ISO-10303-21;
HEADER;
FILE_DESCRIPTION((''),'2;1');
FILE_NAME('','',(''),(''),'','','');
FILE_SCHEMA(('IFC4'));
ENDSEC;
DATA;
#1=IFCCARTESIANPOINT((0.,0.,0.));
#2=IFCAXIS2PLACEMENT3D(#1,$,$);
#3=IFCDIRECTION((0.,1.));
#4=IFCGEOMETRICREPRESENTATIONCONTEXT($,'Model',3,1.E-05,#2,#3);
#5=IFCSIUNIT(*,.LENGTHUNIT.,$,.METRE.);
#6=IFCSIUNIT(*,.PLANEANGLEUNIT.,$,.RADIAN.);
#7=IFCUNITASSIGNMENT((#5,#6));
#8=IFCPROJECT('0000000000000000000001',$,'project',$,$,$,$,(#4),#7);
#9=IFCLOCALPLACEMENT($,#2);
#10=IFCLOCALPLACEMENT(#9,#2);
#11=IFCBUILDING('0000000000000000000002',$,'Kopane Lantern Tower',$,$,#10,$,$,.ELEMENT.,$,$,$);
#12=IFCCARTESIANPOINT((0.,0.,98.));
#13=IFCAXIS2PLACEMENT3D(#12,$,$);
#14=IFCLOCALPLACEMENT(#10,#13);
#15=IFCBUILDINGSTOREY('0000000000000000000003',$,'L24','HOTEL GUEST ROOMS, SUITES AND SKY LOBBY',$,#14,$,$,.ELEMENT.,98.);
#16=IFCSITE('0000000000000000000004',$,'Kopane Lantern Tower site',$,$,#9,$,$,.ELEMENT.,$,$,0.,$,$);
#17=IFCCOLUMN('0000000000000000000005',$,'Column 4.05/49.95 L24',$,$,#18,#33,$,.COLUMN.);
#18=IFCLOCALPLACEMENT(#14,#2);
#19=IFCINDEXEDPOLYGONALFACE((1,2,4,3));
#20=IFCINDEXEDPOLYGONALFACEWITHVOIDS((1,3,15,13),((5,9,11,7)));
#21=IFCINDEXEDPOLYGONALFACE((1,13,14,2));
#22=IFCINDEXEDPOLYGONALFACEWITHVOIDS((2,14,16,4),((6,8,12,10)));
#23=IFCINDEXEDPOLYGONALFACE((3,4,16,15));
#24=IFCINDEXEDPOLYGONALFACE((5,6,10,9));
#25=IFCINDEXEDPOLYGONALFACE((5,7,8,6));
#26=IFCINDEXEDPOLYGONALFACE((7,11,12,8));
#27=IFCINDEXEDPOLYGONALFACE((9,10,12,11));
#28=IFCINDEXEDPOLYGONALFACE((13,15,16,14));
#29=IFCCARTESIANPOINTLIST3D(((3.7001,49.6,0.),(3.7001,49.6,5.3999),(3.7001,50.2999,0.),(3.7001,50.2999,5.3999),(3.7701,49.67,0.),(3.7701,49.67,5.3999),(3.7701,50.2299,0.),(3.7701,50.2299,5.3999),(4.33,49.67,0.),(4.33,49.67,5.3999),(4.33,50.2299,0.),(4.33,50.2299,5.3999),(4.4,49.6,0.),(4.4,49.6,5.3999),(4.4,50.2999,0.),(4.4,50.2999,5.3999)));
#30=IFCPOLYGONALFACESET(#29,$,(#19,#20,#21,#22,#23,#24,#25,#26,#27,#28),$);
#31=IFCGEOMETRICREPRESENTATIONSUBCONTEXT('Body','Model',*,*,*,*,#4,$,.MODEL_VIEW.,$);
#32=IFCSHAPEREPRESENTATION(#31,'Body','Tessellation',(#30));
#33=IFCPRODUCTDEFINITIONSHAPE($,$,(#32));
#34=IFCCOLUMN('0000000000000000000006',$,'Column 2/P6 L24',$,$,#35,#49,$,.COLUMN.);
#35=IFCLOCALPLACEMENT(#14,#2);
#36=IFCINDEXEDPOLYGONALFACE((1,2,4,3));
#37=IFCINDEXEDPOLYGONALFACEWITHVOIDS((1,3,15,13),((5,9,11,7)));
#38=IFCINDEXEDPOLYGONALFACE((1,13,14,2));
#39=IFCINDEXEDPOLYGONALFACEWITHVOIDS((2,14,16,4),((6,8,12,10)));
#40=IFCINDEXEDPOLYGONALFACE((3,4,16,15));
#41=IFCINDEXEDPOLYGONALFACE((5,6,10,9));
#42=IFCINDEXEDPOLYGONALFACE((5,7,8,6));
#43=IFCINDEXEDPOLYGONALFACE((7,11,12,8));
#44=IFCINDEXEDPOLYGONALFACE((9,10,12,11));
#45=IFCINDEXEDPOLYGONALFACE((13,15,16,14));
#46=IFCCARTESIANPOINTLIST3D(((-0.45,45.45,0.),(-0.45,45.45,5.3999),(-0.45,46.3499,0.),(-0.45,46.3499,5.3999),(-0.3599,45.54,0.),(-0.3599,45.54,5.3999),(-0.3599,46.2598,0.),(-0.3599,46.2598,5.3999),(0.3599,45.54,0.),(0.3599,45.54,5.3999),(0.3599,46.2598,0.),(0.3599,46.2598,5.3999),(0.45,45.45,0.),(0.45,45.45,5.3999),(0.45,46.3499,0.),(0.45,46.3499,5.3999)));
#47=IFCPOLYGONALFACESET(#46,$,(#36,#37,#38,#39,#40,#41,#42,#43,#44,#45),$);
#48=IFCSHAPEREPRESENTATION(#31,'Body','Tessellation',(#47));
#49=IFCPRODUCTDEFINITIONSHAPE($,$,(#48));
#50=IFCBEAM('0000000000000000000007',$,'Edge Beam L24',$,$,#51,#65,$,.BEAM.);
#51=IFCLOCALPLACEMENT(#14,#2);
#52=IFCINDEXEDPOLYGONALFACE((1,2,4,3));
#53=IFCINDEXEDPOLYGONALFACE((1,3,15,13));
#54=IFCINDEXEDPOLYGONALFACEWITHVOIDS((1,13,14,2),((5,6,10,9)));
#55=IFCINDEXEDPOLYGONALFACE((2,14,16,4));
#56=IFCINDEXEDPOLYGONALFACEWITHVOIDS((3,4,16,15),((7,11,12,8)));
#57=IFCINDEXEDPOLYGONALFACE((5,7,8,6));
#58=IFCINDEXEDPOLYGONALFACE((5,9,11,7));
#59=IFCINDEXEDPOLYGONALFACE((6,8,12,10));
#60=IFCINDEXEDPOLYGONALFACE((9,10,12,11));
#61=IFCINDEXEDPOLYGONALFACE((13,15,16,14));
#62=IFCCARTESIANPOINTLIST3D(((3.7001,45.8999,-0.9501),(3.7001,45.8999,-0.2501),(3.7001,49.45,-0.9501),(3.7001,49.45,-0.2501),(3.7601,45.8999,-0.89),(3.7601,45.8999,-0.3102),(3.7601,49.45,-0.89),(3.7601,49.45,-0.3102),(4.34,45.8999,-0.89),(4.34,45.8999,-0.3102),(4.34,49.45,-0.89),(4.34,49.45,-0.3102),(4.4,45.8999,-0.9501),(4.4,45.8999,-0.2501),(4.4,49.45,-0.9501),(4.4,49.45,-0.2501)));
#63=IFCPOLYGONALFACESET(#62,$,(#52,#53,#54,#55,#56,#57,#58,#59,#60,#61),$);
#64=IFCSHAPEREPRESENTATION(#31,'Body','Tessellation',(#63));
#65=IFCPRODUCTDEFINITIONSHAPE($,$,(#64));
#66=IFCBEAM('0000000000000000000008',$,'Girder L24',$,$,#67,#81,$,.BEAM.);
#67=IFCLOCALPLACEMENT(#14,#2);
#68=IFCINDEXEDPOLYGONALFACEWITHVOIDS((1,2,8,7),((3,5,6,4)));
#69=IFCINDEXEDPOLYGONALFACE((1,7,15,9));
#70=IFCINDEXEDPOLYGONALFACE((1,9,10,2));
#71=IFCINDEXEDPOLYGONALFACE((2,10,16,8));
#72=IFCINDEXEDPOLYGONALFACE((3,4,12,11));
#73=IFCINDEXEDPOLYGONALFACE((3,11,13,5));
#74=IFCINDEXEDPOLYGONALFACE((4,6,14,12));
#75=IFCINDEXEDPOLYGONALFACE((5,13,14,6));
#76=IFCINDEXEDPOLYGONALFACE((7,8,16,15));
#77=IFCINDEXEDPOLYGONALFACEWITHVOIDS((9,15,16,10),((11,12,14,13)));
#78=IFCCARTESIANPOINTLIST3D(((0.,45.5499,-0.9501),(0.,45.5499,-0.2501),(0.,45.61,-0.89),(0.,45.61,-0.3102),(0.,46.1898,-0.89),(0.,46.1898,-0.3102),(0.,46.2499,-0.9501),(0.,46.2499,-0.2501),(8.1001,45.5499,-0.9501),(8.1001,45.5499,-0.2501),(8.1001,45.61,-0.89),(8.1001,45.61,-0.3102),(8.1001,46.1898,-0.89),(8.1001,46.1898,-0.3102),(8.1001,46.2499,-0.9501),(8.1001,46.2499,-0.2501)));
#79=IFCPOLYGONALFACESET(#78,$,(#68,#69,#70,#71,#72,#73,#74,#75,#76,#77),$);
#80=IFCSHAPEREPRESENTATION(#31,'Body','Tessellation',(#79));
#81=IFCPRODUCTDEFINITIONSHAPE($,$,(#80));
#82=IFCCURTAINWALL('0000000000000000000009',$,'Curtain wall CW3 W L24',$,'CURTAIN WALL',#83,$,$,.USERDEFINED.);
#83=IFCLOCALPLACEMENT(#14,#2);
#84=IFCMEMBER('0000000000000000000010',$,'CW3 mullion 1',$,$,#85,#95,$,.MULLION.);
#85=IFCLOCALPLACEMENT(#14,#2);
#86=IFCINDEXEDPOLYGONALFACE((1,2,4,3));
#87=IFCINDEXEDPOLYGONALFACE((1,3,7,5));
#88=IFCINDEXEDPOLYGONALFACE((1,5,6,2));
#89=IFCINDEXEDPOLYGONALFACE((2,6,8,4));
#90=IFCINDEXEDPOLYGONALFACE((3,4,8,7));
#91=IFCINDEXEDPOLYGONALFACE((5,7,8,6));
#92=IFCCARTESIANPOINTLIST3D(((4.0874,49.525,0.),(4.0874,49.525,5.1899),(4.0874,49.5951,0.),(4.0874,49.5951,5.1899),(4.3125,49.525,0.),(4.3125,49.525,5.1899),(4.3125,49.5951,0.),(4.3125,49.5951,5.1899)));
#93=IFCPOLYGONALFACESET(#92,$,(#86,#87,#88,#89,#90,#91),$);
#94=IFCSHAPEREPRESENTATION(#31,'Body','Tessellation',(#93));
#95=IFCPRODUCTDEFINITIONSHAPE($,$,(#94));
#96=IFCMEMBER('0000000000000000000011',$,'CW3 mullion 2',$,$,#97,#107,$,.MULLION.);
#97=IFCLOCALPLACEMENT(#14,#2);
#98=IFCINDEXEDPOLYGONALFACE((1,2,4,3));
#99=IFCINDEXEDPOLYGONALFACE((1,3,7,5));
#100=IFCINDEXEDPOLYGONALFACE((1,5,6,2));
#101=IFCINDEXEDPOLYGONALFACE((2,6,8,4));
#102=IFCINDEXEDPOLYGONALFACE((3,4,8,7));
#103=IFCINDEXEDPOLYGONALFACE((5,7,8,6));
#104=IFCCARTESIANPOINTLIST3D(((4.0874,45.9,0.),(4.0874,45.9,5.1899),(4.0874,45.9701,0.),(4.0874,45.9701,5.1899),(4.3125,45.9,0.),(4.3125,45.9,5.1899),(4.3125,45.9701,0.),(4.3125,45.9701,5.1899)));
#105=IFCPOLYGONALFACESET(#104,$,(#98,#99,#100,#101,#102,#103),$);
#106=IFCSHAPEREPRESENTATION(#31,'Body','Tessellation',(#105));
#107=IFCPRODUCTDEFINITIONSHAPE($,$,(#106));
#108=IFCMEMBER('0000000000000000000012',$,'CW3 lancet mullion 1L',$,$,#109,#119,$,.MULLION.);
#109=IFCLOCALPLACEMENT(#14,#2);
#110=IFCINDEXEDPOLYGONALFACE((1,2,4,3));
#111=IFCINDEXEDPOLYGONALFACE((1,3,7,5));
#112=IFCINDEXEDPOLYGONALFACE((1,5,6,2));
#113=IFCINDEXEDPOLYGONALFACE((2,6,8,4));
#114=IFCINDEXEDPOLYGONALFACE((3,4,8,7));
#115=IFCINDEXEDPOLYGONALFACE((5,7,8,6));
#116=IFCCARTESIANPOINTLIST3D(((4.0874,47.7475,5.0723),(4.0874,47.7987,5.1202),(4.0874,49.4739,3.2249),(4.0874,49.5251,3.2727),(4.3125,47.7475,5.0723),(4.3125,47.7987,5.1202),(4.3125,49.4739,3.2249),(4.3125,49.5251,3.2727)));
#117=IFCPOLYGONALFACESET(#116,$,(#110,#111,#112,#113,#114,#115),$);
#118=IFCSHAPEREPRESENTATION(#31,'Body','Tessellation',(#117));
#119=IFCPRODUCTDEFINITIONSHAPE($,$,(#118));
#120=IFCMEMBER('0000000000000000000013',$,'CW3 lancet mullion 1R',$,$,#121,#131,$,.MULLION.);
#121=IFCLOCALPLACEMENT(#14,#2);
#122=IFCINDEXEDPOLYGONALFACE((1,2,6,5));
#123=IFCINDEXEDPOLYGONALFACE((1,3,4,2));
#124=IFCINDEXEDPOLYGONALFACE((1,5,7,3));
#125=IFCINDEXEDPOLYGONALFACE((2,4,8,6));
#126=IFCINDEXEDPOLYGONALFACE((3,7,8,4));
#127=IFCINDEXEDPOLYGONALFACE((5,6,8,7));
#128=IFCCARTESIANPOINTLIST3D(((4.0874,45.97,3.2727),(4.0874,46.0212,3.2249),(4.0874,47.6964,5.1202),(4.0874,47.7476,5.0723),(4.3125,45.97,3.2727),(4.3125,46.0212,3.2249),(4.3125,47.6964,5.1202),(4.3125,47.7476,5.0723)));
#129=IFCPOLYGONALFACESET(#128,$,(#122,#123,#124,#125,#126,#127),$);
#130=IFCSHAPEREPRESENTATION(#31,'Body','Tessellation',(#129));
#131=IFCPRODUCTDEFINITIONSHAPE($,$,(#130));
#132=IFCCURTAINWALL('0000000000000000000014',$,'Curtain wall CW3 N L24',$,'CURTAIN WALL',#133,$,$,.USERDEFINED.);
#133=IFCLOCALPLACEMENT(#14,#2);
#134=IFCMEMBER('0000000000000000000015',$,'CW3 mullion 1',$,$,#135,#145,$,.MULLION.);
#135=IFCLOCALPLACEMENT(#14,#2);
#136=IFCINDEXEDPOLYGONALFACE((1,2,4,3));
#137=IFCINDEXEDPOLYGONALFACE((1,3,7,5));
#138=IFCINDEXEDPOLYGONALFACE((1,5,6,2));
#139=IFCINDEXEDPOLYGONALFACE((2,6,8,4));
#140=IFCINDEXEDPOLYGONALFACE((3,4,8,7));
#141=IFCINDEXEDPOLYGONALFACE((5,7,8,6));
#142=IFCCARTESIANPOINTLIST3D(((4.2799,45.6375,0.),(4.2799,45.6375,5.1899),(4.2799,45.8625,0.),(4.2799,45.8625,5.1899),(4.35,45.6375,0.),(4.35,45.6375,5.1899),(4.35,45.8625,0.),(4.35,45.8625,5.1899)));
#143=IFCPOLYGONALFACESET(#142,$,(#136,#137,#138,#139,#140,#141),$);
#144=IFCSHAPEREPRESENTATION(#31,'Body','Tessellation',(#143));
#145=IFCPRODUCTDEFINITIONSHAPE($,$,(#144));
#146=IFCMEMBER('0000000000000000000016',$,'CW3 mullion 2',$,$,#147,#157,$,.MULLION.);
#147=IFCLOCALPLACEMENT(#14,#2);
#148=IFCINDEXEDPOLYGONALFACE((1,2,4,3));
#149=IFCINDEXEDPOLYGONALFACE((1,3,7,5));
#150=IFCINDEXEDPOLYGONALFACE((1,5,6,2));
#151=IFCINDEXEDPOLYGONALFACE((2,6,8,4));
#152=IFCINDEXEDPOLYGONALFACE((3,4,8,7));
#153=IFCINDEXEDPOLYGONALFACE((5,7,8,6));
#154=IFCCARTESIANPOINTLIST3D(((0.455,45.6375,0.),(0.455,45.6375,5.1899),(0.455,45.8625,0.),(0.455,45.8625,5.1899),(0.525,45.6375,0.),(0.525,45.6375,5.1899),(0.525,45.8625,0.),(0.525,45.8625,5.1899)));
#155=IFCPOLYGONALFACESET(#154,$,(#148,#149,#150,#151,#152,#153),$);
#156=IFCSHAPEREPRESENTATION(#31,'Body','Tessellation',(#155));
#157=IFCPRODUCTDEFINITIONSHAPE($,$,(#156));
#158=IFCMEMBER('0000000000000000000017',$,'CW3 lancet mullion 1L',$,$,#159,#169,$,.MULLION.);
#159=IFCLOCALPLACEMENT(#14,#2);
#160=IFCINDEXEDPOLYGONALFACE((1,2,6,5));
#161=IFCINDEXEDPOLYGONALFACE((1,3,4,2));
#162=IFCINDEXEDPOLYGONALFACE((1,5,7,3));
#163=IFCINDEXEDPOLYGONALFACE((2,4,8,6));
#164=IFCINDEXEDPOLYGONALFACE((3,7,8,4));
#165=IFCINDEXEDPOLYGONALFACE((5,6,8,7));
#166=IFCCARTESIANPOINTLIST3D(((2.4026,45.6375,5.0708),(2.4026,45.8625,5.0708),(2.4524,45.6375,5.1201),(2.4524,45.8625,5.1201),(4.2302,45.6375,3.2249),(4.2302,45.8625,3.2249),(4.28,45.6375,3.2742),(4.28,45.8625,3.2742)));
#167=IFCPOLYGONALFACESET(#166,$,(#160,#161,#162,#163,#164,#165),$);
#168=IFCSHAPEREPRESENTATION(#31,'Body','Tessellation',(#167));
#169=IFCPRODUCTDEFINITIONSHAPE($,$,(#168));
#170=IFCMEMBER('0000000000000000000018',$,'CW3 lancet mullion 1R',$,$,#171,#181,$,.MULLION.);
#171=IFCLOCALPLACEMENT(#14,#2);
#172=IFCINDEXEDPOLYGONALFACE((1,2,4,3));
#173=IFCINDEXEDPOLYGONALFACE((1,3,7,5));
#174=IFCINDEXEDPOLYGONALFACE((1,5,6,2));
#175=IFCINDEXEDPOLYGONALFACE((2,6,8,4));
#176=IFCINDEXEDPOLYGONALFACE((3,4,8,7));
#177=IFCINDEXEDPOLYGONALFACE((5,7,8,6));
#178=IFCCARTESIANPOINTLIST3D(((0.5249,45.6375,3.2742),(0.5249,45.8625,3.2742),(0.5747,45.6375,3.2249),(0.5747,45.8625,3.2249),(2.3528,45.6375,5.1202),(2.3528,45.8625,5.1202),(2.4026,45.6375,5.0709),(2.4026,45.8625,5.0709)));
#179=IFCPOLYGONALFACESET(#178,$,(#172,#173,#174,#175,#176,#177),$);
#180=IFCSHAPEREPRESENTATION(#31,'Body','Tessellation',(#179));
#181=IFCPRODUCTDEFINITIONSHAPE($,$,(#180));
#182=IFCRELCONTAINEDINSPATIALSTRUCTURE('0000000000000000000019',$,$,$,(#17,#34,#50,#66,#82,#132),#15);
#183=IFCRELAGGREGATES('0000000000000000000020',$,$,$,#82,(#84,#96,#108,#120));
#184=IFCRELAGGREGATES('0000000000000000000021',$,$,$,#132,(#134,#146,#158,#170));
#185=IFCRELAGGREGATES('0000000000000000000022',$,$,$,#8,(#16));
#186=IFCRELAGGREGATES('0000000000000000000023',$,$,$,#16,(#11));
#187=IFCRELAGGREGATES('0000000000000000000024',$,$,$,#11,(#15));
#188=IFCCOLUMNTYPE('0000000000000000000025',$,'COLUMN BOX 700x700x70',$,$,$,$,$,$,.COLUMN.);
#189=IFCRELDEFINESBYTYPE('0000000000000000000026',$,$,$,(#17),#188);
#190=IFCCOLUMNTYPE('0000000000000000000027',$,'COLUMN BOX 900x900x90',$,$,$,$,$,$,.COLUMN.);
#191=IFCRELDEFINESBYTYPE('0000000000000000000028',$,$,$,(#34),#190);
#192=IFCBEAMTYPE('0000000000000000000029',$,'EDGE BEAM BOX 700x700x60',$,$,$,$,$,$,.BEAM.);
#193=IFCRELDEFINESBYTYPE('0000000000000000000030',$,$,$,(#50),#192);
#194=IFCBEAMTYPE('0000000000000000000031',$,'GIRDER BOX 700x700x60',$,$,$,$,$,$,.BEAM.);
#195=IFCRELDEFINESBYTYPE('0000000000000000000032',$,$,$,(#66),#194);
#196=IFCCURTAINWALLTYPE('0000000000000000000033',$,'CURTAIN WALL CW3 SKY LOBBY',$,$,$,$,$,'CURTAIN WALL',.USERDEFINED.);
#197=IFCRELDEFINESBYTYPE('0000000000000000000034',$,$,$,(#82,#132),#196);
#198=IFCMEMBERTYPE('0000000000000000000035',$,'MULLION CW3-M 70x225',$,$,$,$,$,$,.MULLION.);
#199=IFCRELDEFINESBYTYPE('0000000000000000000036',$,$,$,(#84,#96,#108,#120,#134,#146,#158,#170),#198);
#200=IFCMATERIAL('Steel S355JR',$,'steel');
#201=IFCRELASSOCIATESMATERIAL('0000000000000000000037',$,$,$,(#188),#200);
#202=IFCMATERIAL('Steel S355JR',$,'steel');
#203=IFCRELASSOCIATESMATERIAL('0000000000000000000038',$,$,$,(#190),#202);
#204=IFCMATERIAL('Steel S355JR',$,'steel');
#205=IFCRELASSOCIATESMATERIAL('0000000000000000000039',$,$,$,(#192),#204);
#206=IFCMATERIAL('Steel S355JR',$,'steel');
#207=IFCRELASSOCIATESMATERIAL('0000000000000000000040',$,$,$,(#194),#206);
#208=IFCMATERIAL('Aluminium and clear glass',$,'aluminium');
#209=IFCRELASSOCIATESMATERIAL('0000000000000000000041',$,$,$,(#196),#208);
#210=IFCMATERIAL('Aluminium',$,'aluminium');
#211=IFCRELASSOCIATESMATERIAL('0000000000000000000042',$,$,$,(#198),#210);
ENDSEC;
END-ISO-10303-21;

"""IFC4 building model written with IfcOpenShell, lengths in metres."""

from ifc_helpers import new_model, si_unit, direction, frame, origin, origin_2d, place, context, subcontext, project, spatial, rectangle, hollow_rectangle, extrude, material, material_profile, profile_set, type_object, element, aggregate, save


model = new_model("IFC4")

# Units and contexts
model_context = context("Model", 3, precision=1e-05, world=origin(), true_north=direction((0.0, 1.0)))
body_context = subcontext(model_context, "Body", "Model", "MODEL_VIEW")
ifc_project = project(units=[si_unit("LENGTHUNIT", "METRE"), si_unit("PLANEANGLEUNIT", "RADIAN")], contexts=[model_context])

# Site, building, storey
site_placement = place(None, origin())
site = spatial("IfcSite", under=ifc_project, at=site_placement, Name="Kopane Lantern Tower site", CompositionType="ELEMENT", RefElevation=0.0)
building_placement = place(site_placement, origin())
building = spatial("IfcBuilding", under=site, at=building_placement, Name="Kopane Lantern Tower", CompositionType="ELEMENT")
storey_placement = place(building_placement, frame((0.0, 0.0, 98.0)))
storey = spatial("IfcBuildingStorey", under=building, at=storey_placement, Name="L24", Description="HOTEL GUEST ROOMS, SUITES AND SKY LOBBY", CompositionType="ELEMENT", Elevation=98.0)

# Columns
ifc_material_1 = material(Name="Steel S355JR", Category="steel")
ifc_material_profile_1 = material_profile(ifc_material_1, hollow_rectangle(XDim=0.7, YDim=0.7, WallThickness=0.0701, at=origin_2d()), Name="BOX 700x700x70")
ifc_profile_set_1 = profile_set([ifc_material_profile_1], Name="Steel S355JR")
column_type_1 = type_object("IfcColumnType", Name="COLUMN BOX 700x700x70", PredefinedType="COLUMN", material=ifc_profile_set_1)
column_1_placement = place(storey_placement, frame((4.05, 49.95, 0.0), z_axis=(0.0, 0.0, 1.0), x_axis=(1.0, 0.0, 0.0)))
element("IfcColumn", 1, at=column_1_placement, inside=storey, type_object=column_type_1, Name="Column 4.05/49.95 L24", PredefinedType="COLUMN", context=body_context, shape_type="SweptSolid", body=[
    extrude(hollow_rectangle(XDim=0.7, YDim=0.7, WallThickness=0.0701, at=origin_2d()), origin(), (0.0, 0.0, 1.0), 5.3999),
])
ifc_material_2 = material(Name="Steel S355JR", Category="steel")
ifc_material_profile_2 = material_profile(ifc_material_2, hollow_rectangle(XDim=0.8999, YDim=0.8999, WallThickness=0.0901, at=origin_2d()), Name="BOX 900x900x90")
ifc_profile_set_2 = profile_set([ifc_material_profile_2], Name="Steel S355JR")
column_type_2 = type_object("IfcColumnType", Name="COLUMN BOX 900x900x90", PredefinedType="COLUMN", material=ifc_profile_set_2)
column_2_placement = place(storey_placement, frame((0.0, 45.8999, 0.0), z_axis=(0.0, 0.0, 1.0), x_axis=(1.0, 0.0, 0.0)))
element("IfcColumn", 2, at=column_2_placement, inside=storey, type_object=column_type_2, Name="Column 2/P6 L24", PredefinedType="COLUMN", context=body_context, shape_type="SweptSolid", body=[
    extrude(hollow_rectangle(XDim=0.8999, YDim=0.8999, WallThickness=0.0901, at=origin_2d()), origin(), (0.0, 0.0, 1.0), 5.3999),
])

# Beams
ifc_material_3 = material(Name="Steel S355JR", Category="steel")
ifc_material_profile_3 = material_profile(ifc_material_3, hollow_rectangle(XDim=0.7, YDim=0.7, WallThickness=0.0601, at=origin_2d()), Name="BOX 700x700x60")
ifc_profile_set_3 = profile_set([ifc_material_profile_3], Name="Steel S355JR")
beam_type_1 = type_object("IfcBeamType", Name="EDGE BEAM BOX 700x700x60", PredefinedType="BEAM", material=ifc_profile_set_3)
beam_1_placement = place(storey_placement, frame((4.05, 49.45, -0.6001), z_axis=(0.0, -1.0, 0.0), x_axis=(1.0, 0.0, 0.0)))
element("IfcBeam", 3, at=beam_1_placement, inside=storey, type_object=beam_type_1, Name="Edge Beam L24", PredefinedType="BEAM", context=body_context, shape_type="SweptSolid", body=[
    extrude(hollow_rectangle(XDim=0.7, YDim=0.7, WallThickness=0.0601, at=origin_2d()), origin(), (0.0, 0.0, 1.0), 3.55),
])
ifc_material_4 = material(Name="Steel S355JR", Category="steel")
ifc_material_profile_4 = material_profile(ifc_material_4, hollow_rectangle(XDim=0.7, YDim=0.7, WallThickness=0.0601, at=origin_2d()), Name="BOX 700x700x60")
ifc_profile_set_4 = profile_set([ifc_material_profile_4], Name="Steel S355JR")
beam_type_2 = type_object("IfcBeamType", Name="GIRDER BOX 700x700x60", PredefinedType="BEAM", material=ifc_profile_set_4)
beam_2_placement = place(storey_placement, frame((0.0, 45.8999, -0.6001), z_axis=(1.0, 0.0, 0.0), x_axis=(0.0, 1.0, 0.0)))
element("IfcBeam", 4, at=beam_2_placement, inside=storey, type_object=beam_type_2, Name="Girder L24", PredefinedType="BEAM", context=body_context, shape_type="SweptSolid", body=[
    extrude(hollow_rectangle(XDim=0.7, YDim=0.7, WallThickness=0.0601, at=origin_2d()), origin(), (0.0, 0.0, 1.0), 8.1001),
])

# Curtain walls, members
ifc_material_5 = material(Name="Aluminium and clear glass", Category="aluminium")
curtain_wall_type = type_object("IfcCurtainWallType", Name="CURTAIN WALL CW3 SKY LOBBY", ElementType="CURTAIN WALL", PredefinedType="USERDEFINED", material=ifc_material_5)
curtain_wall_1_placement = place(storey_placement, origin())
curtain_wall_1 = element("IfcCurtainWall", 5, at=curtain_wall_1_placement, inside=storey, type_object=curtain_wall_type, Name="Curtain wall CW3 W L24", ObjectType="CURTAIN WALL", PredefinedType="USERDEFINED")
ifc_material_6 = material(Name="Aluminium", Category="aluminium")
ifc_material_profile_5 = material_profile(ifc_material_6, rectangle(XDim=0.0701, YDim=0.2251, at=origin_2d()), Name="AL 70x225")
ifc_profile_set_5 = profile_set([ifc_material_profile_5], Name="Aluminium")
member_type_1 = type_object("IfcMemberType", Name="MULLION CW3-M 70x225", PredefinedType="MULLION", material=ifc_profile_set_5)
member_1_placement = place(storey_placement, frame((4.2, 49.5601, 0.0), z_axis=(0.0, 0.0, 1.0), x_axis=(0.0, -1.0, 0.0)))
member_1 = element("IfcMember", 6, at=member_1_placement, type_object=member_type_1, Name="CW3 mullion 1", PredefinedType="MULLION", context=body_context, shape_type="SweptSolid", body=[
    extrude(rectangle(XDim=0.0701, YDim=0.2251, at=origin_2d()), origin(), (0.0, 0.0, 1.0), 5.1899),
])
member_2_placement = place(storey_placement, frame((4.2, 45.9351, 0.0), z_axis=(0.0, 0.0, 1.0), x_axis=(0.0, -1.0, 0.0)))
member_2 = element("IfcMember", 7, at=member_2_placement, type_object=member_type_1, Name="CW3 mullion 2", PredefinedType="MULLION", context=body_context, shape_type="SweptSolid", body=[
    extrude(rectangle(XDim=0.0701, YDim=0.2251, at=origin_2d()), origin(), (0.0, 0.0, 1.0), 5.1899),
])
member_3_placement = place(storey_placement, frame((4.2, 49.4995, 3.2488), z_axis=(0.0, -0.682755, 0.730647), x_axis=(0.0, 0.730647, 0.682755)))
member_3 = element("IfcMember", 8, at=member_3_placement, type_object=member_type_1, Name="CW3 lancet mullion 1L", PredefinedType="MULLION", context=body_context, shape_type="SweptSolid", body=[
    extrude(rectangle(XDim=0.0701, YDim=0.2251, at=origin_2d()), origin(), (0.0, 0.0, 1.0), 2.5286),
])
member_4_placement = place(storey_placement, frame((4.2, 45.9956, 3.2488), z_axis=(0.0, 0.682755, 0.730647), x_axis=(0.0, -0.730647, 0.682755)))
member_4 = element("IfcMember", 9, at=member_4_placement, type_object=member_type_1, Name="CW3 lancet mullion 1R", PredefinedType="MULLION", context=body_context, shape_type="SweptSolid", body=[
    extrude(rectangle(XDim=0.0701, YDim=0.2251, at=origin_2d()), origin(), (0.0, 0.0, 1.0), 2.5286),
])
curtain_wall_2_placement = place(storey_placement, origin())
curtain_wall_2 = element("IfcCurtainWall", 10, at=curtain_wall_2_placement, inside=storey, type_object=curtain_wall_type, Name="Curtain wall CW3 N L24", ObjectType="CURTAIN WALL", PredefinedType="USERDEFINED")
member_5_placement = place(storey_placement, frame((4.3149, 45.75, 0.0), z_axis=(0.0, 0.0, 1.0), x_axis=(-1.0, 0.0, 0.0)))
member_5 = element("IfcMember", 11, at=member_5_placement, type_object=member_type_1, Name="CW3 mullion 1", PredefinedType="MULLION", context=body_context, shape_type="SweptSolid", body=[
    extrude(rectangle(XDim=0.0701, YDim=0.2251, at=origin_2d()), origin(), (0.0, 0.0, 1.0), 5.1899),
])
member_6_placement = place(storey_placement, frame((0.49, 45.75, 0.0), z_axis=(0.0, 0.0, 1.0), x_axis=(-1.0, 0.0, 0.0)))
member_6 = element("IfcMember", 12, at=member_6_placement, type_object=member_type_1, Name="CW3 mullion 2", PredefinedType="MULLION", context=body_context, shape_type="SweptSolid", body=[
    extrude(rectangle(XDim=0.0701, YDim=0.2251, at=origin_2d()), origin(), (0.0, 0.0, 1.0), 5.1899),
])
member_7_placement = place(storey_placement, frame((4.2551, 45.75, 3.2495), z_axis=(-0.703574, 0.0, 0.710622), x_axis=(0.710622, 0.0, 0.703574)))
member_7 = element("IfcMember", 13, at=member_7_placement, type_object=member_type_1, Name="CW3 lancet mullion 1L", PredefinedType="MULLION", context=body_context, shape_type="SweptSolid", body=[
    extrude(rectangle(XDim=0.0701, YDim=0.2251, at=origin_2d()), origin(), (0.0, 0.0, 1.0), 2.5977),
])
member_8_placement = place(storey_placement, frame((0.5498, 45.75, 3.2495), z_axis=(0.703621, 0.0, 0.710575), x_axis=(-0.710575, 0.0, 0.703621)))
member_8 = element("IfcMember", 14, at=member_8_placement, type_object=member_type_1, Name="CW3 lancet mullion 1R", PredefinedType="MULLION", context=body_context, shape_type="SweptSolid", body=[
    extrude(rectangle(XDim=0.0701, YDim=0.2251, at=origin_2d()), origin(), (0.0, 0.0, 1.0), 2.5979),
])

aggregate(curtain_wall_1, [member_1, member_2, member_3, member_4])
aggregate(curtain_wall_2, [member_5, member_6, member_7, member_8])

save(model, "model.ifc")
